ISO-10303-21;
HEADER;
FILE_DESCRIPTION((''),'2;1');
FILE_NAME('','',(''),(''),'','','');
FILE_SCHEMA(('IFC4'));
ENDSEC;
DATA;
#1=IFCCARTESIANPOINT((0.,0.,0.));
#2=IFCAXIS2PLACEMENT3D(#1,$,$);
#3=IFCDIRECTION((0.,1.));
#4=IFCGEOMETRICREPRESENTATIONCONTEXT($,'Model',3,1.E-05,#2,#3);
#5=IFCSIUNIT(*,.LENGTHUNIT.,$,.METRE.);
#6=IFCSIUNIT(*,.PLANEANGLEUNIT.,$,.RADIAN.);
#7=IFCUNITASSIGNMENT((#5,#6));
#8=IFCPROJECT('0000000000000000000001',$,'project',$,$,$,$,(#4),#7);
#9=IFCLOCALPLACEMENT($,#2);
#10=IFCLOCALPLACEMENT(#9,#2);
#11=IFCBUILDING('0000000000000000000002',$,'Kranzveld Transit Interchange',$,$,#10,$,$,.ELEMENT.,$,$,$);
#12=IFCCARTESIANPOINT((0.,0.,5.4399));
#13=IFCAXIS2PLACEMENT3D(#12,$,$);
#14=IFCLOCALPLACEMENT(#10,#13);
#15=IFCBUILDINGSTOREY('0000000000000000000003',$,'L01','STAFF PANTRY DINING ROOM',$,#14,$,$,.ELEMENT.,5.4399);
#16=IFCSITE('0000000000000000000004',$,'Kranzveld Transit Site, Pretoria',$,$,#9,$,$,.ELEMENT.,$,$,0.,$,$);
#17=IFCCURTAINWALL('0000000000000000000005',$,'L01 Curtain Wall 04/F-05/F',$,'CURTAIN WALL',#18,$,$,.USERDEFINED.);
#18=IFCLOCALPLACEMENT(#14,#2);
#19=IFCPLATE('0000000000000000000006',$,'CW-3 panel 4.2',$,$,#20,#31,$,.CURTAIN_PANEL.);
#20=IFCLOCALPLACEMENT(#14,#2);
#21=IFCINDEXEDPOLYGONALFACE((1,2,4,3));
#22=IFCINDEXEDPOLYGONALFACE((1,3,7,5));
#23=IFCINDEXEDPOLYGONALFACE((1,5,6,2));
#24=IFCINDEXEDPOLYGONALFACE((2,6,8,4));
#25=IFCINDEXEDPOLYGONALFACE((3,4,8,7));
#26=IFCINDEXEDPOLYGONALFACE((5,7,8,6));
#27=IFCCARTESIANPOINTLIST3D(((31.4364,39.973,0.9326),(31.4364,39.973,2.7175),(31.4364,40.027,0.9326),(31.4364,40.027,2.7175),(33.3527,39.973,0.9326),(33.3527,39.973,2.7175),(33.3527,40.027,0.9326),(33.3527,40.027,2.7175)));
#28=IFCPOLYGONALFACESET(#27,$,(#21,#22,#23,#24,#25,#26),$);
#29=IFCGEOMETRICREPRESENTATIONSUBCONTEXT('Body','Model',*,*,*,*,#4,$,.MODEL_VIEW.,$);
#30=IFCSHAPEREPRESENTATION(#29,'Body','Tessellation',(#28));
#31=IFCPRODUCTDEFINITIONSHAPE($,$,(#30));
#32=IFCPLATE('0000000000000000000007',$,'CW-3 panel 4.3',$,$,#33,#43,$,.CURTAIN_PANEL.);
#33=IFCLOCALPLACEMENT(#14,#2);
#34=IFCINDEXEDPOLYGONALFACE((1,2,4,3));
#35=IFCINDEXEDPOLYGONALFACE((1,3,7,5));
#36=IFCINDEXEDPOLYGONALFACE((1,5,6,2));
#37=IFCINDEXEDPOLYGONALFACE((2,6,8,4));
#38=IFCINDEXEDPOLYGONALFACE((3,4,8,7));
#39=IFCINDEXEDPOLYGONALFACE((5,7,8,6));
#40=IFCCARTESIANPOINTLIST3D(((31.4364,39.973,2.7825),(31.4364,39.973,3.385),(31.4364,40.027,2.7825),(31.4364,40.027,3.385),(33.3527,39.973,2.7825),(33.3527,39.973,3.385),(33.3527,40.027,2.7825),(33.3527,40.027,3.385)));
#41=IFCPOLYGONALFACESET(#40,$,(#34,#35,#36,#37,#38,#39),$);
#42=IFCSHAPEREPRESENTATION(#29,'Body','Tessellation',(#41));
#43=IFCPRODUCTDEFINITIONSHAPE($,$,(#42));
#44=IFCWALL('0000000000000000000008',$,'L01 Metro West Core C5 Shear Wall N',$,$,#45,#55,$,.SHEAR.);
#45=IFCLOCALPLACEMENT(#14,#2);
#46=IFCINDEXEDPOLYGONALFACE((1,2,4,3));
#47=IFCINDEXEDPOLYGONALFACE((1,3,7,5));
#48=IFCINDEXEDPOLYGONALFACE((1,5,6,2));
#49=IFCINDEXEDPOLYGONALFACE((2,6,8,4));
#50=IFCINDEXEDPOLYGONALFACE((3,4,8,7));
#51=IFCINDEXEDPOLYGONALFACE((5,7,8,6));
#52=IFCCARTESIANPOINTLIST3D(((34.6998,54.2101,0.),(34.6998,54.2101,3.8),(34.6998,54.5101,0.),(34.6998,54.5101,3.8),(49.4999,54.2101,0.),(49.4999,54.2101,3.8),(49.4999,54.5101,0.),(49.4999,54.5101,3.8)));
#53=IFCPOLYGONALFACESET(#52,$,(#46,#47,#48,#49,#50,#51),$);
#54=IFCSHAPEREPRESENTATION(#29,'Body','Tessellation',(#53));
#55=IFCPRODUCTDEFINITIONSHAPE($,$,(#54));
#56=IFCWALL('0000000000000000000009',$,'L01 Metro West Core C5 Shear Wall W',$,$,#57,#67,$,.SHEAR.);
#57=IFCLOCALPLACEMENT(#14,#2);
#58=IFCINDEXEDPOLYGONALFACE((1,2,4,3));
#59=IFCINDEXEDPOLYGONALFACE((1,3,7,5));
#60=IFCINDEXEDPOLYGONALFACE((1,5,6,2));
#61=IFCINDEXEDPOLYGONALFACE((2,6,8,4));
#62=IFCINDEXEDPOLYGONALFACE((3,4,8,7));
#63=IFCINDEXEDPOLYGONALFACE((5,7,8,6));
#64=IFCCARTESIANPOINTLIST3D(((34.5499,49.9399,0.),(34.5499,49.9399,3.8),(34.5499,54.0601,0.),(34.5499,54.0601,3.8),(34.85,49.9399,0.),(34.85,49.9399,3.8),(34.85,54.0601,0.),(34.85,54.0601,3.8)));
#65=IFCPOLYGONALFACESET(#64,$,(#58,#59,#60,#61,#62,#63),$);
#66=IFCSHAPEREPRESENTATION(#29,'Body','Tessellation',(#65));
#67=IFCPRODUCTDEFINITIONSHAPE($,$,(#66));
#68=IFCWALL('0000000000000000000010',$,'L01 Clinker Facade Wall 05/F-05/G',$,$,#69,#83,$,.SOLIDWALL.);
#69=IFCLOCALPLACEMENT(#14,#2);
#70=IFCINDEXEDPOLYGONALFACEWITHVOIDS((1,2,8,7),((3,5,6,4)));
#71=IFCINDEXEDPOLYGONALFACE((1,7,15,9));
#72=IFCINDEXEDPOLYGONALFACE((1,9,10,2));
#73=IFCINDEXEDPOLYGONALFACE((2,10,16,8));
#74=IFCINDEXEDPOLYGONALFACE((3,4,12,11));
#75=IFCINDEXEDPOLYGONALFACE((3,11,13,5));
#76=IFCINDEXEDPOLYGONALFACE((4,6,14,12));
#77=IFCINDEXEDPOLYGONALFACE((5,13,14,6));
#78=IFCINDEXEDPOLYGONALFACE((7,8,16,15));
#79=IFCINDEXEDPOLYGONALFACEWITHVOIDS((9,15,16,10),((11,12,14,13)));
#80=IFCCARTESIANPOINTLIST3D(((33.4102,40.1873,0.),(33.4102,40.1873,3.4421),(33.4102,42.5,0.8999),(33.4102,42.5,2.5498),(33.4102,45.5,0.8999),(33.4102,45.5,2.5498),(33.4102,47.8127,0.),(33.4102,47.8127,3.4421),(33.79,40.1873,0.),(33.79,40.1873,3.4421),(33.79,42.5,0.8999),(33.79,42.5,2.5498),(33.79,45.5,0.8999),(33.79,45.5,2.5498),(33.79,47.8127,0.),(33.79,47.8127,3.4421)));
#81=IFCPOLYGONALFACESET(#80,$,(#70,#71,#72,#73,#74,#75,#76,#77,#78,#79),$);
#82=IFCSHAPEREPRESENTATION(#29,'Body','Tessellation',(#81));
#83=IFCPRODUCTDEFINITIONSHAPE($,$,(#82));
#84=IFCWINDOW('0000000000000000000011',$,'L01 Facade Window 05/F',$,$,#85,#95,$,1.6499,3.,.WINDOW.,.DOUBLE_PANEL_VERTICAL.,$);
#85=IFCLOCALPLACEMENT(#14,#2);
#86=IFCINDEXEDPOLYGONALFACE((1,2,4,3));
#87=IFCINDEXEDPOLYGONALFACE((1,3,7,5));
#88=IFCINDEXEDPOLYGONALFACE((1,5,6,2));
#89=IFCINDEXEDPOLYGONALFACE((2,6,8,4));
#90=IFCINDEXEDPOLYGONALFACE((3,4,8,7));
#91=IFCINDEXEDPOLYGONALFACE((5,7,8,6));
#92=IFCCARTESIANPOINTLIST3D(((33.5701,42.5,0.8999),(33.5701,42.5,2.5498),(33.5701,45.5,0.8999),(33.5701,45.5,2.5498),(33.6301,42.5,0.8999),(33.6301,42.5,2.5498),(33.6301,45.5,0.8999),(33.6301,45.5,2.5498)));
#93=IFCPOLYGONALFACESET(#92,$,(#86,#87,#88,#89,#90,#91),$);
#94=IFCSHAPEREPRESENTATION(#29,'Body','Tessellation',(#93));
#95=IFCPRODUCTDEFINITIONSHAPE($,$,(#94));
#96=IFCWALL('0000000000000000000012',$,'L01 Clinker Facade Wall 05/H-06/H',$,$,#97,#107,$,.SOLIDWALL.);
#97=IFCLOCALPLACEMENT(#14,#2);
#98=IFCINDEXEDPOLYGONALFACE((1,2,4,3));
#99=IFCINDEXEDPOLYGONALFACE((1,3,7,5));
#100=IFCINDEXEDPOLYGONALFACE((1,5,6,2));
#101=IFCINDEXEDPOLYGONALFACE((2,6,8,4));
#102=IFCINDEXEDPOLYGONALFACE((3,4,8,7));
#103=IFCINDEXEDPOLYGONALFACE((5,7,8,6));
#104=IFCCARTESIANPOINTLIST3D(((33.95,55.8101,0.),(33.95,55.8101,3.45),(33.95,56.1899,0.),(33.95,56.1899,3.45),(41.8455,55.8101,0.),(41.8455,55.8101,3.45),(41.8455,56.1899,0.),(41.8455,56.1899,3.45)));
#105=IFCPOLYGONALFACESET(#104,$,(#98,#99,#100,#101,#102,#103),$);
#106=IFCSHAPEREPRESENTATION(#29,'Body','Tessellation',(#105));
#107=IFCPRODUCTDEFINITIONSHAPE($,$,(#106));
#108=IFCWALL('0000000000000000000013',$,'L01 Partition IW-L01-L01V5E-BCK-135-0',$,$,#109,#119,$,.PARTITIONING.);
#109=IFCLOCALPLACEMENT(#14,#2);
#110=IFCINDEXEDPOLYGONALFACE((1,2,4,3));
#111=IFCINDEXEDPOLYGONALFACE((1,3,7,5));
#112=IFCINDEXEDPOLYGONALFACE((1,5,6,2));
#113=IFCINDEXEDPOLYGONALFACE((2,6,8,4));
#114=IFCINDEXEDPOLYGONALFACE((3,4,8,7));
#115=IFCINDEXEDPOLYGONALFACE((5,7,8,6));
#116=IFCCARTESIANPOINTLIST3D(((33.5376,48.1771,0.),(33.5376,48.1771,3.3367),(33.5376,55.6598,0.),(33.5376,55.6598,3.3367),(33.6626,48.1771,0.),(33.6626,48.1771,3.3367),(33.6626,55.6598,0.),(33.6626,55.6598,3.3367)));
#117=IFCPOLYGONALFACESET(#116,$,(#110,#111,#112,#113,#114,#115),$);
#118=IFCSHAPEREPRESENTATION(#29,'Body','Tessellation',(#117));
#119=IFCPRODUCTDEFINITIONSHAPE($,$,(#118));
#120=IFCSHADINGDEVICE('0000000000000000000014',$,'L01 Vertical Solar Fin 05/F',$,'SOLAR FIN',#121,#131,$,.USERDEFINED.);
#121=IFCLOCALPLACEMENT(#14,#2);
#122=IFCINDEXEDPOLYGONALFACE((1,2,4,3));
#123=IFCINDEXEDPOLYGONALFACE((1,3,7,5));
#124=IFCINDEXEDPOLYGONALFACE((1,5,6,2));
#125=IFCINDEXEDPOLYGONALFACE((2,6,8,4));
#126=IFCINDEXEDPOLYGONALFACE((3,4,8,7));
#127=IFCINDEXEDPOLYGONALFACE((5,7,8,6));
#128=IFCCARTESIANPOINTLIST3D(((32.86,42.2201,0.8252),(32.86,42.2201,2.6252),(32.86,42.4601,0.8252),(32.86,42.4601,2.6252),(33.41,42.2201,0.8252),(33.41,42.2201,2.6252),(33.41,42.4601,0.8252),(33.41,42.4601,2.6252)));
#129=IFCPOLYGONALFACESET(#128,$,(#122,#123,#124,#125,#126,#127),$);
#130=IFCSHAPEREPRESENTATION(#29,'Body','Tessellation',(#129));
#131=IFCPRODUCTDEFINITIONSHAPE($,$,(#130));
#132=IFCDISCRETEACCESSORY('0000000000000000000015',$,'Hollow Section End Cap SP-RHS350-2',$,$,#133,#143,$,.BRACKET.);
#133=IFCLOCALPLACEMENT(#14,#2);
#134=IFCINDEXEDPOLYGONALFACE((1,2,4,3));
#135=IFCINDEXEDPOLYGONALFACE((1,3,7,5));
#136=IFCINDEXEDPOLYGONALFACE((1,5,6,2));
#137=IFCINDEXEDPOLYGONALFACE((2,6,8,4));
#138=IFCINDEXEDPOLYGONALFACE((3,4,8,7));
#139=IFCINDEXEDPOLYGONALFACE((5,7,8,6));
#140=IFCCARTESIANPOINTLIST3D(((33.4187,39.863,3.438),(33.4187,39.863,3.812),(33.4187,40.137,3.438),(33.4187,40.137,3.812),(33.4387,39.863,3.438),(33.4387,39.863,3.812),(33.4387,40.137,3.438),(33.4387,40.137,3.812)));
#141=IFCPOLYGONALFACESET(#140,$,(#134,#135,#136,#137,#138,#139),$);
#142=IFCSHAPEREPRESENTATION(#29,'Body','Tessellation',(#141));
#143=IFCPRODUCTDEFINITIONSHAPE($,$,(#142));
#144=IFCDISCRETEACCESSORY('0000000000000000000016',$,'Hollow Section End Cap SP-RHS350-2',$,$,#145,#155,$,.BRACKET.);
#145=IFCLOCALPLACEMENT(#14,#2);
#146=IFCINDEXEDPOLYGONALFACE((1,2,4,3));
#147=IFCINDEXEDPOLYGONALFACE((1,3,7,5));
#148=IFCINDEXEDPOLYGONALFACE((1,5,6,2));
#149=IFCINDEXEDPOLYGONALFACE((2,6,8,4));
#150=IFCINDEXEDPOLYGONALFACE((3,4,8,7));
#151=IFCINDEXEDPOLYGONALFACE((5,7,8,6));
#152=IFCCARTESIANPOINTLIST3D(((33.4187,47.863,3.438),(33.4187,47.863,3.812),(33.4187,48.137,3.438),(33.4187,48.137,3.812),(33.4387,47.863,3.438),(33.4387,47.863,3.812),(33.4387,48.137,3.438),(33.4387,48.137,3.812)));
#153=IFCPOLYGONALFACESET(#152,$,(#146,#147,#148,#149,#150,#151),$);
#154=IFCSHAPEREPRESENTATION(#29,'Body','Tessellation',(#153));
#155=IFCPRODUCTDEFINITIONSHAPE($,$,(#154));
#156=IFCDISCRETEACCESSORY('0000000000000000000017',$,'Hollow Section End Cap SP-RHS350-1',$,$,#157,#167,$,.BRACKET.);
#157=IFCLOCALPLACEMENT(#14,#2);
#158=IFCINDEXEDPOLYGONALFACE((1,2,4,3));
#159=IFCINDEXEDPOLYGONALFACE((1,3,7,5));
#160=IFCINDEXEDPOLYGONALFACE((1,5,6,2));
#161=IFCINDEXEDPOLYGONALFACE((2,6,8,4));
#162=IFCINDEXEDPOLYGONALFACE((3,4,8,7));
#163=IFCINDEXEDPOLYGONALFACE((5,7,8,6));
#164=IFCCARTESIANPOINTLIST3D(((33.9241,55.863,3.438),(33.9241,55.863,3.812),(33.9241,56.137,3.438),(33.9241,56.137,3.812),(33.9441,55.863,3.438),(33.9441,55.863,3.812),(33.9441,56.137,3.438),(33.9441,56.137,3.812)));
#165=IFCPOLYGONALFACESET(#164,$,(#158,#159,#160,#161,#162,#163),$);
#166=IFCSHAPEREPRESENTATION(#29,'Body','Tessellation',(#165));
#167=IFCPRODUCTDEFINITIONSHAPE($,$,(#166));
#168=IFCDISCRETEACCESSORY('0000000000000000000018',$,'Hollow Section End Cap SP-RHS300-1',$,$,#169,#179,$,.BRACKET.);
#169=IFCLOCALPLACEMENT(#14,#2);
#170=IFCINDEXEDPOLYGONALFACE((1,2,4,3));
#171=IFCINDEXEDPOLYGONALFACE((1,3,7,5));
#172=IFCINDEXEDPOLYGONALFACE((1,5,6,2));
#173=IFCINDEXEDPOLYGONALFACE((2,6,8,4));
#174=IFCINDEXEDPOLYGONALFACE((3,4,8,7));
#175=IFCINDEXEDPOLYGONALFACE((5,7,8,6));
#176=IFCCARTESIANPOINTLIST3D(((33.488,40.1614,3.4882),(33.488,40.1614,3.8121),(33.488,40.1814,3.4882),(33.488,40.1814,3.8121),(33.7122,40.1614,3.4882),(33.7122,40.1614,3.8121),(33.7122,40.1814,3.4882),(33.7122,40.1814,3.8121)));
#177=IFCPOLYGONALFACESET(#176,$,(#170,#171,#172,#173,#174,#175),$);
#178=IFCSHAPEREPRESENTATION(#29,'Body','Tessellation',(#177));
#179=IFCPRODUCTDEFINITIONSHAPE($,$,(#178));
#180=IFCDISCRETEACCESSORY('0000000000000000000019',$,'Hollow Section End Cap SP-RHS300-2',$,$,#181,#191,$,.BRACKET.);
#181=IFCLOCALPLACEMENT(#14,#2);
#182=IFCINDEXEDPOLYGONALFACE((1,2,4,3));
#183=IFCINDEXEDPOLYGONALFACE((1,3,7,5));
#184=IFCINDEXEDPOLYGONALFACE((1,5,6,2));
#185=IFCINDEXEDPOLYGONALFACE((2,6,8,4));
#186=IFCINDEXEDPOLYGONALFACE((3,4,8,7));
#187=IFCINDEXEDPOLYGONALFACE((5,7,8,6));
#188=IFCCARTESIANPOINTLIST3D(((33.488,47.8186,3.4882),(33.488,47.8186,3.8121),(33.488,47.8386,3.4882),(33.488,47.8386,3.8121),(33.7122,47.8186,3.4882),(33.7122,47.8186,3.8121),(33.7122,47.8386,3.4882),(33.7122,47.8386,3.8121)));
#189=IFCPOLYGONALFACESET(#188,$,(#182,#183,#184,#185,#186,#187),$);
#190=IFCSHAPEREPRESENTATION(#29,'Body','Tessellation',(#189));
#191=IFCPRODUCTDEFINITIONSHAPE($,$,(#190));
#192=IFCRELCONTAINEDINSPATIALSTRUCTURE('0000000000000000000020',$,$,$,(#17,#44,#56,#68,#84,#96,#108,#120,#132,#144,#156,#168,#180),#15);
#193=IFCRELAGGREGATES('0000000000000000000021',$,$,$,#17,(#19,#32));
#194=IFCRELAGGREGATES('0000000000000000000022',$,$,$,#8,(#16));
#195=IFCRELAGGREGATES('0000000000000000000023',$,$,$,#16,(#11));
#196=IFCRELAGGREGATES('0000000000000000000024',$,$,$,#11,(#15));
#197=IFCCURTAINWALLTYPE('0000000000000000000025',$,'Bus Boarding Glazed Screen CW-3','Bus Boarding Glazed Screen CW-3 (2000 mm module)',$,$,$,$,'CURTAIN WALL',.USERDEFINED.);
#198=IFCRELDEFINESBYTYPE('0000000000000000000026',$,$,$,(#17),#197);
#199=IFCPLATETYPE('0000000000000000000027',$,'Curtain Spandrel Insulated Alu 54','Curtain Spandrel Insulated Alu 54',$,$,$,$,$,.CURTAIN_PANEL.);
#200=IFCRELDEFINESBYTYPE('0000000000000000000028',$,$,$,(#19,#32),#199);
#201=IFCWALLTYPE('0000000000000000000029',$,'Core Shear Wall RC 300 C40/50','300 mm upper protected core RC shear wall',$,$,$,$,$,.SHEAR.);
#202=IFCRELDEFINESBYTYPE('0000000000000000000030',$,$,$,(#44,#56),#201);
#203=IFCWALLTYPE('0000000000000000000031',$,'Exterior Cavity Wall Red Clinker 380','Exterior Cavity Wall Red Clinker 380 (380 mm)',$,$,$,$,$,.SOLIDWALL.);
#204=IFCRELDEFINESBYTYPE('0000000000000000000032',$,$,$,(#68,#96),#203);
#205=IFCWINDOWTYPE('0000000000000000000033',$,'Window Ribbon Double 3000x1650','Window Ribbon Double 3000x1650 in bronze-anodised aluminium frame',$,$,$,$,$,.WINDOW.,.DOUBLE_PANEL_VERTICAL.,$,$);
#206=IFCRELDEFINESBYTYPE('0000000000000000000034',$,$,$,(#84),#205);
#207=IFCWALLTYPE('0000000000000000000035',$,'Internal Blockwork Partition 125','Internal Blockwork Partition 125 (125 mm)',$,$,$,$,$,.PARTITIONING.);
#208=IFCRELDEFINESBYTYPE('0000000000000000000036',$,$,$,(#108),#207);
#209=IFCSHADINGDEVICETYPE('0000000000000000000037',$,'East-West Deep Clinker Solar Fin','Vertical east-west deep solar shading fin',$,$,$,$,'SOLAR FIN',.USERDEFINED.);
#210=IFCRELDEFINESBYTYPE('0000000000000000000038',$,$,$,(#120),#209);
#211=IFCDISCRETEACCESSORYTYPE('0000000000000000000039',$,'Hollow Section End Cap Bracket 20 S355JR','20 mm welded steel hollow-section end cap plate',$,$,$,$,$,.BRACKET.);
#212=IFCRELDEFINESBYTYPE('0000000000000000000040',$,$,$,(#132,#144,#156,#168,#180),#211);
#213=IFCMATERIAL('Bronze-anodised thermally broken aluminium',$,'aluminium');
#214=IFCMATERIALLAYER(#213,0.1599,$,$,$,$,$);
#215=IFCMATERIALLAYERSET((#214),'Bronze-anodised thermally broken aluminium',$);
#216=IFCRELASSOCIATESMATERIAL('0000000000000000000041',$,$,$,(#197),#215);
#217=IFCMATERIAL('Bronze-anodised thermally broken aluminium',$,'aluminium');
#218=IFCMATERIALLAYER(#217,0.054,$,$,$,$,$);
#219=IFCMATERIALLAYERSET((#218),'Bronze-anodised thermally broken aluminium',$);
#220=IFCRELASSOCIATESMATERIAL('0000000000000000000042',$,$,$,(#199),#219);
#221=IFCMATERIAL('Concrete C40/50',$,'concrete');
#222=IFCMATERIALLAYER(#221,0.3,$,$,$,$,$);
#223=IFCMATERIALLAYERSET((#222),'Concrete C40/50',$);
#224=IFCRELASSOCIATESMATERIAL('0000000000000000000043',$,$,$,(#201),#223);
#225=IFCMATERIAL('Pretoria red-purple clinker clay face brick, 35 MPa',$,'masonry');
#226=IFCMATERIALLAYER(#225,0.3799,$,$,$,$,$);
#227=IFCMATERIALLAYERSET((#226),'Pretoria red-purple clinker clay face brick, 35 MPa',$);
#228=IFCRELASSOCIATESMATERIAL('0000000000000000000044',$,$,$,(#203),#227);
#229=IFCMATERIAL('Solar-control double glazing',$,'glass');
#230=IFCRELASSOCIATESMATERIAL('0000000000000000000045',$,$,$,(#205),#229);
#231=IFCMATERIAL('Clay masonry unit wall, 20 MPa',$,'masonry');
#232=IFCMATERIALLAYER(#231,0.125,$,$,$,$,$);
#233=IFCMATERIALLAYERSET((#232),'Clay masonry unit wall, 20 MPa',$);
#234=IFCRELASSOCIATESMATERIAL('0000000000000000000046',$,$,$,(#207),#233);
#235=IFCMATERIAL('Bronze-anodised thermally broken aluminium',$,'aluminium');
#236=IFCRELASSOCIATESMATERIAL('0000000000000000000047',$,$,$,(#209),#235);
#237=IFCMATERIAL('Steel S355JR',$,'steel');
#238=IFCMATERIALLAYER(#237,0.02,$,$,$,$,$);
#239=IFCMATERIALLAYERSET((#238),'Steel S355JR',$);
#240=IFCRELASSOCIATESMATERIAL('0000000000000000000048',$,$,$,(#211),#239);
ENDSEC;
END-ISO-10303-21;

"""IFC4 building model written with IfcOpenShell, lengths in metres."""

from ifc_helpers import new_model, si_unit, direction, frame, frame_2d, origin, origin_2d, place, context, subcontext, project, spatial, rectangle, extrude, material, layer, layer_set, type_object, element, fill, aggregate, save


model = new_model("IFC4")

# Units and contexts
model_context = context("Model", 3, precision=1e-05, world=origin(), true_north=direction((0.0, 1.0)))
body_context = subcontext(model_context, "Body", "Model", "MODEL_VIEW")
ifc_project = project(units=[si_unit("LENGTHUNIT", "METRE"), si_unit("PLANEANGLEUNIT", "RADIAN")], contexts=[model_context])

# Site, building, storey
site_placement = place(None, origin())
site = spatial("IfcSite", under=ifc_project, at=site_placement, Name="Kranzveld Transit Site, Pretoria", CompositionType="ELEMENT", RefElevation=0.0)
building_placement = place(site_placement, origin())
building = spatial("IfcBuilding", under=site, at=building_placement, Name="Kranzveld Transit Interchange", CompositionType="ELEMENT")
storey_placement = place(building_placement, frame((0.0, 0.0, 5.4399)))
storey = spatial("IfcBuildingStorey", under=building, at=storey_placement, Name="L01", Description="STAFF PANTRY DINING ROOM", CompositionType="ELEMENT", Elevation=5.4399)

# Curtain wall
ifc_material_1 = material(Name="Bronze-anodised thermally broken aluminium", Category="aluminium")
ifc_layer_1 = layer(ifc_material_1, 0.1599)
ifc_layer_set_1 = layer_set([ifc_layer_1], Name="Bronze-anodised thermally broken aluminium")
curtain_wall_type = type_object("IfcCurtainWallType", Name="Bus Boarding Glazed Screen CW-3", Description="Bus Boarding Glazed Screen CW-3 (2000 mm module)", ElementType="CURTAIN WALL", PredefinedType="USERDEFINED", material=ifc_layer_set_1)
curtain_wall_placement = place(storey_placement, origin())
curtain_wall = element("IfcCurtainWall", 1, at=curtain_wall_placement, inside=storey, type_object=curtain_wall_type, Name="L01 Curtain Wall 04/F-05/F", ObjectType="CURTAIN WALL", PredefinedType="USERDEFINED")

# Plates
ifc_material_2 = material(Name="Bronze-anodised thermally broken aluminium", Category="aluminium")
ifc_layer_2 = layer(ifc_material_2, 0.054)
ifc_layer_set_2 = layer_set([ifc_layer_2], Name="Bronze-anodised thermally broken aluminium")
plate_type = type_object("IfcPlateType", Name="Curtain Spandrel Insulated Alu 54", Description="Curtain Spandrel Insulated Alu 54", PredefinedType="CURTAIN_PANEL", material=ifc_layer_set_2)
plate_1_placement = place(storey_placement, frame((32.3945, 40.0, 0.9326), z_axis=(0.0, 0.0, 1.0), x_axis=(1.0, 0.0, 0.0)))
plate_1 = element("IfcPlate", 2, at=plate_1_placement, type_object=plate_type, Name="CW-3 panel 4.2", PredefinedType="CURTAIN_PANEL", context=body_context, shape_type="SweptSolid", body=[
    extrude(rectangle(XDim=1.9163, YDim=0.054, at=origin_2d()), origin(), (0.0, 0.0, 1.0), 1.7849),
])
plate_2_placement = place(storey_placement, frame((32.3945, 40.0, 2.7825), z_axis=(0.0, 0.0, 1.0), x_axis=(1.0, 0.0, 0.0)))
plate_2 = element("IfcPlate", 3, at=plate_2_placement, type_object=plate_type, Name="CW-3 panel 4.3", PredefinedType="CURTAIN_PANEL", context=body_context, shape_type="SweptSolid", body=[
    extrude(rectangle(XDim=1.9163, YDim=0.054, at=origin_2d()), origin(), (0.0, 0.0, 1.0), 0.6025),
])
aggregate(curtain_wall, [plate_1, plate_2])

# Shared definitions
ifc_material_3 = material(Name="Concrete C40/50", Category="concrete")
ifc_layer_3 = layer(ifc_material_3, 0.3)
ifc_layer_set_3 = layer_set([ifc_layer_3], Name="Concrete C40/50")
wall_type_1 = type_object("IfcWallType", Name="Core Shear Wall RC 300 C40/50", Description="300 mm upper protected core RC shear wall", PredefinedType="SHEAR", material=ifc_layer_set_3)

# Walls
wall_1_placement = place(storey_placement, frame((34.7, 54.3601, 0.0), z_axis=(0.0, 0.0, 1.0), x_axis=(1.0, 0.0, 0.0)))
element("IfcWall", 4, at=wall_1_placement, inside=storey, type_object=wall_type_1, Name="L01 Metro West Core C5 Shear Wall N", PredefinedType="SHEAR", context=body_context, shape_type="SweptSolid", body=[
    extrude(rectangle(XDim=14.8, YDim=0.3, at=frame_2d((7.3999, 0.0))), origin(), (0.0, 0.0, 1.0), 3.8),
])
wall_2_placement = place(storey_placement, frame((34.7, 49.9399, 0.0), z_axis=(0.0, 0.0, 1.0), x_axis=(0.0, 1.0, 0.0)))
element("IfcWall", 5, at=wall_2_placement, inside=storey, type_object=wall_type_1, Name="L01 Metro West Core C5 Shear Wall W", PredefinedType="SHEAR", context=body_context, shape_type="SweptSolid", body=[
    extrude(rectangle(XDim=4.1201, YDim=0.3, at=frame_2d((2.0601, 0.0))), origin(), (0.0, 0.0, 1.0), 3.8),
])

# Wall, opening, window
ifc_material_4 = material(Name="Pretoria red-purple clinker clay face brick, 35 MPa", Category="masonry")
ifc_layer_4 = layer(ifc_material_4, 0.3799)
ifc_layer_set_4 = layer_set([ifc_layer_4], Name="Pretoria red-purple clinker clay face brick, 35 MPa")
wall_type_2 = type_object("IfcWallType", Name="Exterior Cavity Wall Red Clinker 380", Description="Exterior Cavity Wall Red Clinker 380 (380 mm)", PredefinedType="SOLIDWALL", material=ifc_layer_set_4)
wall_3_placement = place(storey_placement, frame((33.6001, 40.1873, 0.0), z_axis=(0.0, 0.0, 1.0), x_axis=(0.0, 1.0, 0.0)))
wall_3 = element("IfcWall", 6, at=wall_3_placement, inside=storey, type_object=wall_type_2, Name="L01 Clinker Facade Wall 05/F-05/G", PredefinedType="SOLIDWALL", context=body_context, shape_type="SweptSolid", body=[
    extrude(rectangle(XDim=7.6255, YDim=0.3799, at=frame_2d((3.8127, 0.0))), origin(), (0.0, 0.0, 1.0), 3.4421),
])
opening_1_placement = place(wall_3_placement, frame((2.3127, 0.0, 0.8999), z_axis=(0.0, 0.0, 1.0), x_axis=(1.0, 0.0, 0.0)))
opening_1 = element("IfcOpeningElement", 7, at=opening_1_placement, cuts=wall_3, PredefinedType="OPENING", context=body_context, shape_type="SweptSolid", body=[
    extrude(rectangle(XDim=3.0, YDim=1.6499, at=frame_2d((1.5, 0.825))), frame((0.0, 0.2, 0.0), z_axis=(0.0, -1.0, 0.0), x_axis=(1.0, 0.0, 0.0)), (0.0, 0.0, 1.0), 0.3999),
])
ifc_material_5 = material(Name="Solar-control double glazing", Category="glass")
window_type = type_object("IfcWindowType", Name="Window Ribbon Double 3000x1650", Description="Window Ribbon Double 3000x1650 in bronze-anodised aluminium frame", PartitioningType="DOUBLE_PANEL_VERTICAL", PredefinedType="WINDOW", material=ifc_material_5)
window_placement = place(opening_1_placement, origin())
window = element("IfcWindow", 8, at=window_placement, inside=storey, type_object=window_type, Name="L01 Facade Window 05/F", OverallHeight=1.6499, OverallWidth=3.0, PartitioningType="DOUBLE_PANEL_VERTICAL", PredefinedType="WINDOW", context=body_context, shape_type="SweptSolid", body=[
    extrude(rectangle(XDim=3.0, YDim=1.6499, at=frame_2d((1.5, 0.825))), frame((0.0, 0.03, 0.0), z_axis=(0.0, -1.0, 0.0), x_axis=(1.0, 0.0, 0.0)), (0.0, 0.0, 1.0), 0.0601),
])
fill(opening_1, window)

# Walls
wall_4_placement = place(storey_placement, frame((33.95, 56.0, 0.0), z_axis=(0.0, 0.0, 1.0), x_axis=(1.0, 0.0, 0.0)))
element("IfcWall", 9, at=wall_4_placement, inside=storey, type_object=wall_type_2, Name="L01 Clinker Facade Wall 05/H-06/H", PredefinedType="SOLIDWALL", context=body_context, shape_type="SweptSolid", body=[
    extrude(rectangle(XDim=7.8955, YDim=0.3799, at=frame_2d((3.9478, 0.0))), origin(), (0.0, 0.0, 1.0), 3.45),
])
ifc_material_6 = material(Name="Clay masonry unit wall, 20 MPa", Category="masonry")
ifc_layer_5 = layer(ifc_material_6, 0.125)
ifc_layer_set_5 = layer_set([ifc_layer_5], Name="Clay masonry unit wall, 20 MPa")
wall_type_3 = type_object("IfcWallType", Name="Internal Blockwork Partition 125", Description="Internal Blockwork Partition 125 (125 mm)", PredefinedType="PARTITIONING", material=ifc_layer_set_5)
wall_5_placement = place(storey_placement, frame((33.6001, 48.1772, 0.0), z_axis=(0.0, 0.0, 1.0), x_axis=(0.0, 1.0, 0.0)))
element("IfcWall", 10, at=wall_5_placement, inside=storey, type_object=wall_type_3, Name="L01 Partition IW-L01-L01V5E-BCK-135-0", PredefinedType="PARTITIONING", context=body_context, shape_type="SweptSolid", body=[
    extrude(rectangle(XDim=7.4827, YDim=0.125, at=frame_2d((3.7412, 0.0))), origin(), (0.0, 0.0, 1.0), 3.3367),
])

# Shading device
ifc_material_7 = material(Name="Bronze-anodised thermally broken aluminium", Category="aluminium")
shading_device_type = type_object("IfcShadingDeviceType", Name="East-West Deep Clinker Solar Fin", Description="Vertical east-west deep solar shading fin", ElementType="SOLAR FIN", PredefinedType="USERDEFINED", material=ifc_material_7)
shading_device_placement = place(storey_placement, frame((33.135, 42.3401, 0.8252), z_axis=(0.0, 0.0, 1.0), x_axis=(0.0, 1.0, 0.0)))
element("IfcShadingDevice", 11, at=shading_device_placement, inside=storey, type_object=shading_device_type, Name="L01 Vertical Solar Fin 05/F", ObjectType="SOLAR FIN", PredefinedType="USERDEFINED", context=body_context, shape_type="SweptSolid", body=[
    extrude(rectangle(XDim=0.24, YDim=0.55, at=origin_2d()), origin(), (0.0, 0.0, 1.0), 1.8),
])

# Discrete accessories
ifc_material_8 = material(Name="Steel S355JR", Category="steel")
ifc_layer_6 = layer(ifc_material_8, 0.02)
ifc_layer_set_6 = layer_set([ifc_layer_6], Name="Steel S355JR")
discrete_accessory_type = type_object("IfcDiscreteAccessoryType", Name="Hollow Section End Cap Bracket 20 S355JR", Description="20 mm welded steel hollow-section end cap plate", PredefinedType="BRACKET", material=ifc_layer_set_6)
for number, where, z_axis, x_axis, name in (
    (12, (33.4187, 40.0, 3.625), (1.0, 0.0, 0.0), (0.0, 1.0, 0.0), "Hollow Section End Cap SP-RHS350-2"),
    (13, (33.4187, 48.0, 3.625), (1.0, 0.0, 0.0), (0.0, 1.0, 0.0), "Hollow Section End Cap SP-RHS350-2"),
    (14, (33.9441, 56.0, 3.625), (-1.0, 0.0, 0.0), (0.0, -1.0, 0.0), "Hollow Section End Cap SP-RHS350-1"),
):
    element("IfcDiscreteAccessory", number, at=place(storey_placement, frame(where, z_axis=z_axis, x_axis=x_axis)), inside=storey, type_object=discrete_accessory_type, Name=name, PredefinedType="BRACKET", context=body_context, shape_type="SweptSolid", body=[
        extrude(rectangle(XDim=0.2739, YDim=0.374, at=origin_2d()), origin(), (0.0, 0.0, 1.0), 0.02),
    ])
for number, where, z_axis, x_axis, name in (
    (15, (33.6001, 40.1814, 3.6501), (0.0, -1.0, 0.0), (1.0, 0.0, 0.0), "Hollow Section End Cap SP-RHS300-1"),
    (16, (33.6001, 47.8186, 3.6501), (0.0, 1.0, 0.0), (-1.0, 0.0, 0.0), "Hollow Section End Cap SP-RHS300-2"),
):
    element("IfcDiscreteAccessory", number, at=place(storey_placement, frame(where, z_axis=z_axis, x_axis=x_axis)), inside=storey, type_object=discrete_accessory_type, Name=name, PredefinedType="BRACKET", context=body_context, shape_type="SweptSolid", body=[
        extrude(rectangle(XDim=0.2241, YDim=0.324, at=origin_2d()), origin(), (0.0, 0.0, 1.0), 0.02),
    ])

save(model, "model.ifc")
